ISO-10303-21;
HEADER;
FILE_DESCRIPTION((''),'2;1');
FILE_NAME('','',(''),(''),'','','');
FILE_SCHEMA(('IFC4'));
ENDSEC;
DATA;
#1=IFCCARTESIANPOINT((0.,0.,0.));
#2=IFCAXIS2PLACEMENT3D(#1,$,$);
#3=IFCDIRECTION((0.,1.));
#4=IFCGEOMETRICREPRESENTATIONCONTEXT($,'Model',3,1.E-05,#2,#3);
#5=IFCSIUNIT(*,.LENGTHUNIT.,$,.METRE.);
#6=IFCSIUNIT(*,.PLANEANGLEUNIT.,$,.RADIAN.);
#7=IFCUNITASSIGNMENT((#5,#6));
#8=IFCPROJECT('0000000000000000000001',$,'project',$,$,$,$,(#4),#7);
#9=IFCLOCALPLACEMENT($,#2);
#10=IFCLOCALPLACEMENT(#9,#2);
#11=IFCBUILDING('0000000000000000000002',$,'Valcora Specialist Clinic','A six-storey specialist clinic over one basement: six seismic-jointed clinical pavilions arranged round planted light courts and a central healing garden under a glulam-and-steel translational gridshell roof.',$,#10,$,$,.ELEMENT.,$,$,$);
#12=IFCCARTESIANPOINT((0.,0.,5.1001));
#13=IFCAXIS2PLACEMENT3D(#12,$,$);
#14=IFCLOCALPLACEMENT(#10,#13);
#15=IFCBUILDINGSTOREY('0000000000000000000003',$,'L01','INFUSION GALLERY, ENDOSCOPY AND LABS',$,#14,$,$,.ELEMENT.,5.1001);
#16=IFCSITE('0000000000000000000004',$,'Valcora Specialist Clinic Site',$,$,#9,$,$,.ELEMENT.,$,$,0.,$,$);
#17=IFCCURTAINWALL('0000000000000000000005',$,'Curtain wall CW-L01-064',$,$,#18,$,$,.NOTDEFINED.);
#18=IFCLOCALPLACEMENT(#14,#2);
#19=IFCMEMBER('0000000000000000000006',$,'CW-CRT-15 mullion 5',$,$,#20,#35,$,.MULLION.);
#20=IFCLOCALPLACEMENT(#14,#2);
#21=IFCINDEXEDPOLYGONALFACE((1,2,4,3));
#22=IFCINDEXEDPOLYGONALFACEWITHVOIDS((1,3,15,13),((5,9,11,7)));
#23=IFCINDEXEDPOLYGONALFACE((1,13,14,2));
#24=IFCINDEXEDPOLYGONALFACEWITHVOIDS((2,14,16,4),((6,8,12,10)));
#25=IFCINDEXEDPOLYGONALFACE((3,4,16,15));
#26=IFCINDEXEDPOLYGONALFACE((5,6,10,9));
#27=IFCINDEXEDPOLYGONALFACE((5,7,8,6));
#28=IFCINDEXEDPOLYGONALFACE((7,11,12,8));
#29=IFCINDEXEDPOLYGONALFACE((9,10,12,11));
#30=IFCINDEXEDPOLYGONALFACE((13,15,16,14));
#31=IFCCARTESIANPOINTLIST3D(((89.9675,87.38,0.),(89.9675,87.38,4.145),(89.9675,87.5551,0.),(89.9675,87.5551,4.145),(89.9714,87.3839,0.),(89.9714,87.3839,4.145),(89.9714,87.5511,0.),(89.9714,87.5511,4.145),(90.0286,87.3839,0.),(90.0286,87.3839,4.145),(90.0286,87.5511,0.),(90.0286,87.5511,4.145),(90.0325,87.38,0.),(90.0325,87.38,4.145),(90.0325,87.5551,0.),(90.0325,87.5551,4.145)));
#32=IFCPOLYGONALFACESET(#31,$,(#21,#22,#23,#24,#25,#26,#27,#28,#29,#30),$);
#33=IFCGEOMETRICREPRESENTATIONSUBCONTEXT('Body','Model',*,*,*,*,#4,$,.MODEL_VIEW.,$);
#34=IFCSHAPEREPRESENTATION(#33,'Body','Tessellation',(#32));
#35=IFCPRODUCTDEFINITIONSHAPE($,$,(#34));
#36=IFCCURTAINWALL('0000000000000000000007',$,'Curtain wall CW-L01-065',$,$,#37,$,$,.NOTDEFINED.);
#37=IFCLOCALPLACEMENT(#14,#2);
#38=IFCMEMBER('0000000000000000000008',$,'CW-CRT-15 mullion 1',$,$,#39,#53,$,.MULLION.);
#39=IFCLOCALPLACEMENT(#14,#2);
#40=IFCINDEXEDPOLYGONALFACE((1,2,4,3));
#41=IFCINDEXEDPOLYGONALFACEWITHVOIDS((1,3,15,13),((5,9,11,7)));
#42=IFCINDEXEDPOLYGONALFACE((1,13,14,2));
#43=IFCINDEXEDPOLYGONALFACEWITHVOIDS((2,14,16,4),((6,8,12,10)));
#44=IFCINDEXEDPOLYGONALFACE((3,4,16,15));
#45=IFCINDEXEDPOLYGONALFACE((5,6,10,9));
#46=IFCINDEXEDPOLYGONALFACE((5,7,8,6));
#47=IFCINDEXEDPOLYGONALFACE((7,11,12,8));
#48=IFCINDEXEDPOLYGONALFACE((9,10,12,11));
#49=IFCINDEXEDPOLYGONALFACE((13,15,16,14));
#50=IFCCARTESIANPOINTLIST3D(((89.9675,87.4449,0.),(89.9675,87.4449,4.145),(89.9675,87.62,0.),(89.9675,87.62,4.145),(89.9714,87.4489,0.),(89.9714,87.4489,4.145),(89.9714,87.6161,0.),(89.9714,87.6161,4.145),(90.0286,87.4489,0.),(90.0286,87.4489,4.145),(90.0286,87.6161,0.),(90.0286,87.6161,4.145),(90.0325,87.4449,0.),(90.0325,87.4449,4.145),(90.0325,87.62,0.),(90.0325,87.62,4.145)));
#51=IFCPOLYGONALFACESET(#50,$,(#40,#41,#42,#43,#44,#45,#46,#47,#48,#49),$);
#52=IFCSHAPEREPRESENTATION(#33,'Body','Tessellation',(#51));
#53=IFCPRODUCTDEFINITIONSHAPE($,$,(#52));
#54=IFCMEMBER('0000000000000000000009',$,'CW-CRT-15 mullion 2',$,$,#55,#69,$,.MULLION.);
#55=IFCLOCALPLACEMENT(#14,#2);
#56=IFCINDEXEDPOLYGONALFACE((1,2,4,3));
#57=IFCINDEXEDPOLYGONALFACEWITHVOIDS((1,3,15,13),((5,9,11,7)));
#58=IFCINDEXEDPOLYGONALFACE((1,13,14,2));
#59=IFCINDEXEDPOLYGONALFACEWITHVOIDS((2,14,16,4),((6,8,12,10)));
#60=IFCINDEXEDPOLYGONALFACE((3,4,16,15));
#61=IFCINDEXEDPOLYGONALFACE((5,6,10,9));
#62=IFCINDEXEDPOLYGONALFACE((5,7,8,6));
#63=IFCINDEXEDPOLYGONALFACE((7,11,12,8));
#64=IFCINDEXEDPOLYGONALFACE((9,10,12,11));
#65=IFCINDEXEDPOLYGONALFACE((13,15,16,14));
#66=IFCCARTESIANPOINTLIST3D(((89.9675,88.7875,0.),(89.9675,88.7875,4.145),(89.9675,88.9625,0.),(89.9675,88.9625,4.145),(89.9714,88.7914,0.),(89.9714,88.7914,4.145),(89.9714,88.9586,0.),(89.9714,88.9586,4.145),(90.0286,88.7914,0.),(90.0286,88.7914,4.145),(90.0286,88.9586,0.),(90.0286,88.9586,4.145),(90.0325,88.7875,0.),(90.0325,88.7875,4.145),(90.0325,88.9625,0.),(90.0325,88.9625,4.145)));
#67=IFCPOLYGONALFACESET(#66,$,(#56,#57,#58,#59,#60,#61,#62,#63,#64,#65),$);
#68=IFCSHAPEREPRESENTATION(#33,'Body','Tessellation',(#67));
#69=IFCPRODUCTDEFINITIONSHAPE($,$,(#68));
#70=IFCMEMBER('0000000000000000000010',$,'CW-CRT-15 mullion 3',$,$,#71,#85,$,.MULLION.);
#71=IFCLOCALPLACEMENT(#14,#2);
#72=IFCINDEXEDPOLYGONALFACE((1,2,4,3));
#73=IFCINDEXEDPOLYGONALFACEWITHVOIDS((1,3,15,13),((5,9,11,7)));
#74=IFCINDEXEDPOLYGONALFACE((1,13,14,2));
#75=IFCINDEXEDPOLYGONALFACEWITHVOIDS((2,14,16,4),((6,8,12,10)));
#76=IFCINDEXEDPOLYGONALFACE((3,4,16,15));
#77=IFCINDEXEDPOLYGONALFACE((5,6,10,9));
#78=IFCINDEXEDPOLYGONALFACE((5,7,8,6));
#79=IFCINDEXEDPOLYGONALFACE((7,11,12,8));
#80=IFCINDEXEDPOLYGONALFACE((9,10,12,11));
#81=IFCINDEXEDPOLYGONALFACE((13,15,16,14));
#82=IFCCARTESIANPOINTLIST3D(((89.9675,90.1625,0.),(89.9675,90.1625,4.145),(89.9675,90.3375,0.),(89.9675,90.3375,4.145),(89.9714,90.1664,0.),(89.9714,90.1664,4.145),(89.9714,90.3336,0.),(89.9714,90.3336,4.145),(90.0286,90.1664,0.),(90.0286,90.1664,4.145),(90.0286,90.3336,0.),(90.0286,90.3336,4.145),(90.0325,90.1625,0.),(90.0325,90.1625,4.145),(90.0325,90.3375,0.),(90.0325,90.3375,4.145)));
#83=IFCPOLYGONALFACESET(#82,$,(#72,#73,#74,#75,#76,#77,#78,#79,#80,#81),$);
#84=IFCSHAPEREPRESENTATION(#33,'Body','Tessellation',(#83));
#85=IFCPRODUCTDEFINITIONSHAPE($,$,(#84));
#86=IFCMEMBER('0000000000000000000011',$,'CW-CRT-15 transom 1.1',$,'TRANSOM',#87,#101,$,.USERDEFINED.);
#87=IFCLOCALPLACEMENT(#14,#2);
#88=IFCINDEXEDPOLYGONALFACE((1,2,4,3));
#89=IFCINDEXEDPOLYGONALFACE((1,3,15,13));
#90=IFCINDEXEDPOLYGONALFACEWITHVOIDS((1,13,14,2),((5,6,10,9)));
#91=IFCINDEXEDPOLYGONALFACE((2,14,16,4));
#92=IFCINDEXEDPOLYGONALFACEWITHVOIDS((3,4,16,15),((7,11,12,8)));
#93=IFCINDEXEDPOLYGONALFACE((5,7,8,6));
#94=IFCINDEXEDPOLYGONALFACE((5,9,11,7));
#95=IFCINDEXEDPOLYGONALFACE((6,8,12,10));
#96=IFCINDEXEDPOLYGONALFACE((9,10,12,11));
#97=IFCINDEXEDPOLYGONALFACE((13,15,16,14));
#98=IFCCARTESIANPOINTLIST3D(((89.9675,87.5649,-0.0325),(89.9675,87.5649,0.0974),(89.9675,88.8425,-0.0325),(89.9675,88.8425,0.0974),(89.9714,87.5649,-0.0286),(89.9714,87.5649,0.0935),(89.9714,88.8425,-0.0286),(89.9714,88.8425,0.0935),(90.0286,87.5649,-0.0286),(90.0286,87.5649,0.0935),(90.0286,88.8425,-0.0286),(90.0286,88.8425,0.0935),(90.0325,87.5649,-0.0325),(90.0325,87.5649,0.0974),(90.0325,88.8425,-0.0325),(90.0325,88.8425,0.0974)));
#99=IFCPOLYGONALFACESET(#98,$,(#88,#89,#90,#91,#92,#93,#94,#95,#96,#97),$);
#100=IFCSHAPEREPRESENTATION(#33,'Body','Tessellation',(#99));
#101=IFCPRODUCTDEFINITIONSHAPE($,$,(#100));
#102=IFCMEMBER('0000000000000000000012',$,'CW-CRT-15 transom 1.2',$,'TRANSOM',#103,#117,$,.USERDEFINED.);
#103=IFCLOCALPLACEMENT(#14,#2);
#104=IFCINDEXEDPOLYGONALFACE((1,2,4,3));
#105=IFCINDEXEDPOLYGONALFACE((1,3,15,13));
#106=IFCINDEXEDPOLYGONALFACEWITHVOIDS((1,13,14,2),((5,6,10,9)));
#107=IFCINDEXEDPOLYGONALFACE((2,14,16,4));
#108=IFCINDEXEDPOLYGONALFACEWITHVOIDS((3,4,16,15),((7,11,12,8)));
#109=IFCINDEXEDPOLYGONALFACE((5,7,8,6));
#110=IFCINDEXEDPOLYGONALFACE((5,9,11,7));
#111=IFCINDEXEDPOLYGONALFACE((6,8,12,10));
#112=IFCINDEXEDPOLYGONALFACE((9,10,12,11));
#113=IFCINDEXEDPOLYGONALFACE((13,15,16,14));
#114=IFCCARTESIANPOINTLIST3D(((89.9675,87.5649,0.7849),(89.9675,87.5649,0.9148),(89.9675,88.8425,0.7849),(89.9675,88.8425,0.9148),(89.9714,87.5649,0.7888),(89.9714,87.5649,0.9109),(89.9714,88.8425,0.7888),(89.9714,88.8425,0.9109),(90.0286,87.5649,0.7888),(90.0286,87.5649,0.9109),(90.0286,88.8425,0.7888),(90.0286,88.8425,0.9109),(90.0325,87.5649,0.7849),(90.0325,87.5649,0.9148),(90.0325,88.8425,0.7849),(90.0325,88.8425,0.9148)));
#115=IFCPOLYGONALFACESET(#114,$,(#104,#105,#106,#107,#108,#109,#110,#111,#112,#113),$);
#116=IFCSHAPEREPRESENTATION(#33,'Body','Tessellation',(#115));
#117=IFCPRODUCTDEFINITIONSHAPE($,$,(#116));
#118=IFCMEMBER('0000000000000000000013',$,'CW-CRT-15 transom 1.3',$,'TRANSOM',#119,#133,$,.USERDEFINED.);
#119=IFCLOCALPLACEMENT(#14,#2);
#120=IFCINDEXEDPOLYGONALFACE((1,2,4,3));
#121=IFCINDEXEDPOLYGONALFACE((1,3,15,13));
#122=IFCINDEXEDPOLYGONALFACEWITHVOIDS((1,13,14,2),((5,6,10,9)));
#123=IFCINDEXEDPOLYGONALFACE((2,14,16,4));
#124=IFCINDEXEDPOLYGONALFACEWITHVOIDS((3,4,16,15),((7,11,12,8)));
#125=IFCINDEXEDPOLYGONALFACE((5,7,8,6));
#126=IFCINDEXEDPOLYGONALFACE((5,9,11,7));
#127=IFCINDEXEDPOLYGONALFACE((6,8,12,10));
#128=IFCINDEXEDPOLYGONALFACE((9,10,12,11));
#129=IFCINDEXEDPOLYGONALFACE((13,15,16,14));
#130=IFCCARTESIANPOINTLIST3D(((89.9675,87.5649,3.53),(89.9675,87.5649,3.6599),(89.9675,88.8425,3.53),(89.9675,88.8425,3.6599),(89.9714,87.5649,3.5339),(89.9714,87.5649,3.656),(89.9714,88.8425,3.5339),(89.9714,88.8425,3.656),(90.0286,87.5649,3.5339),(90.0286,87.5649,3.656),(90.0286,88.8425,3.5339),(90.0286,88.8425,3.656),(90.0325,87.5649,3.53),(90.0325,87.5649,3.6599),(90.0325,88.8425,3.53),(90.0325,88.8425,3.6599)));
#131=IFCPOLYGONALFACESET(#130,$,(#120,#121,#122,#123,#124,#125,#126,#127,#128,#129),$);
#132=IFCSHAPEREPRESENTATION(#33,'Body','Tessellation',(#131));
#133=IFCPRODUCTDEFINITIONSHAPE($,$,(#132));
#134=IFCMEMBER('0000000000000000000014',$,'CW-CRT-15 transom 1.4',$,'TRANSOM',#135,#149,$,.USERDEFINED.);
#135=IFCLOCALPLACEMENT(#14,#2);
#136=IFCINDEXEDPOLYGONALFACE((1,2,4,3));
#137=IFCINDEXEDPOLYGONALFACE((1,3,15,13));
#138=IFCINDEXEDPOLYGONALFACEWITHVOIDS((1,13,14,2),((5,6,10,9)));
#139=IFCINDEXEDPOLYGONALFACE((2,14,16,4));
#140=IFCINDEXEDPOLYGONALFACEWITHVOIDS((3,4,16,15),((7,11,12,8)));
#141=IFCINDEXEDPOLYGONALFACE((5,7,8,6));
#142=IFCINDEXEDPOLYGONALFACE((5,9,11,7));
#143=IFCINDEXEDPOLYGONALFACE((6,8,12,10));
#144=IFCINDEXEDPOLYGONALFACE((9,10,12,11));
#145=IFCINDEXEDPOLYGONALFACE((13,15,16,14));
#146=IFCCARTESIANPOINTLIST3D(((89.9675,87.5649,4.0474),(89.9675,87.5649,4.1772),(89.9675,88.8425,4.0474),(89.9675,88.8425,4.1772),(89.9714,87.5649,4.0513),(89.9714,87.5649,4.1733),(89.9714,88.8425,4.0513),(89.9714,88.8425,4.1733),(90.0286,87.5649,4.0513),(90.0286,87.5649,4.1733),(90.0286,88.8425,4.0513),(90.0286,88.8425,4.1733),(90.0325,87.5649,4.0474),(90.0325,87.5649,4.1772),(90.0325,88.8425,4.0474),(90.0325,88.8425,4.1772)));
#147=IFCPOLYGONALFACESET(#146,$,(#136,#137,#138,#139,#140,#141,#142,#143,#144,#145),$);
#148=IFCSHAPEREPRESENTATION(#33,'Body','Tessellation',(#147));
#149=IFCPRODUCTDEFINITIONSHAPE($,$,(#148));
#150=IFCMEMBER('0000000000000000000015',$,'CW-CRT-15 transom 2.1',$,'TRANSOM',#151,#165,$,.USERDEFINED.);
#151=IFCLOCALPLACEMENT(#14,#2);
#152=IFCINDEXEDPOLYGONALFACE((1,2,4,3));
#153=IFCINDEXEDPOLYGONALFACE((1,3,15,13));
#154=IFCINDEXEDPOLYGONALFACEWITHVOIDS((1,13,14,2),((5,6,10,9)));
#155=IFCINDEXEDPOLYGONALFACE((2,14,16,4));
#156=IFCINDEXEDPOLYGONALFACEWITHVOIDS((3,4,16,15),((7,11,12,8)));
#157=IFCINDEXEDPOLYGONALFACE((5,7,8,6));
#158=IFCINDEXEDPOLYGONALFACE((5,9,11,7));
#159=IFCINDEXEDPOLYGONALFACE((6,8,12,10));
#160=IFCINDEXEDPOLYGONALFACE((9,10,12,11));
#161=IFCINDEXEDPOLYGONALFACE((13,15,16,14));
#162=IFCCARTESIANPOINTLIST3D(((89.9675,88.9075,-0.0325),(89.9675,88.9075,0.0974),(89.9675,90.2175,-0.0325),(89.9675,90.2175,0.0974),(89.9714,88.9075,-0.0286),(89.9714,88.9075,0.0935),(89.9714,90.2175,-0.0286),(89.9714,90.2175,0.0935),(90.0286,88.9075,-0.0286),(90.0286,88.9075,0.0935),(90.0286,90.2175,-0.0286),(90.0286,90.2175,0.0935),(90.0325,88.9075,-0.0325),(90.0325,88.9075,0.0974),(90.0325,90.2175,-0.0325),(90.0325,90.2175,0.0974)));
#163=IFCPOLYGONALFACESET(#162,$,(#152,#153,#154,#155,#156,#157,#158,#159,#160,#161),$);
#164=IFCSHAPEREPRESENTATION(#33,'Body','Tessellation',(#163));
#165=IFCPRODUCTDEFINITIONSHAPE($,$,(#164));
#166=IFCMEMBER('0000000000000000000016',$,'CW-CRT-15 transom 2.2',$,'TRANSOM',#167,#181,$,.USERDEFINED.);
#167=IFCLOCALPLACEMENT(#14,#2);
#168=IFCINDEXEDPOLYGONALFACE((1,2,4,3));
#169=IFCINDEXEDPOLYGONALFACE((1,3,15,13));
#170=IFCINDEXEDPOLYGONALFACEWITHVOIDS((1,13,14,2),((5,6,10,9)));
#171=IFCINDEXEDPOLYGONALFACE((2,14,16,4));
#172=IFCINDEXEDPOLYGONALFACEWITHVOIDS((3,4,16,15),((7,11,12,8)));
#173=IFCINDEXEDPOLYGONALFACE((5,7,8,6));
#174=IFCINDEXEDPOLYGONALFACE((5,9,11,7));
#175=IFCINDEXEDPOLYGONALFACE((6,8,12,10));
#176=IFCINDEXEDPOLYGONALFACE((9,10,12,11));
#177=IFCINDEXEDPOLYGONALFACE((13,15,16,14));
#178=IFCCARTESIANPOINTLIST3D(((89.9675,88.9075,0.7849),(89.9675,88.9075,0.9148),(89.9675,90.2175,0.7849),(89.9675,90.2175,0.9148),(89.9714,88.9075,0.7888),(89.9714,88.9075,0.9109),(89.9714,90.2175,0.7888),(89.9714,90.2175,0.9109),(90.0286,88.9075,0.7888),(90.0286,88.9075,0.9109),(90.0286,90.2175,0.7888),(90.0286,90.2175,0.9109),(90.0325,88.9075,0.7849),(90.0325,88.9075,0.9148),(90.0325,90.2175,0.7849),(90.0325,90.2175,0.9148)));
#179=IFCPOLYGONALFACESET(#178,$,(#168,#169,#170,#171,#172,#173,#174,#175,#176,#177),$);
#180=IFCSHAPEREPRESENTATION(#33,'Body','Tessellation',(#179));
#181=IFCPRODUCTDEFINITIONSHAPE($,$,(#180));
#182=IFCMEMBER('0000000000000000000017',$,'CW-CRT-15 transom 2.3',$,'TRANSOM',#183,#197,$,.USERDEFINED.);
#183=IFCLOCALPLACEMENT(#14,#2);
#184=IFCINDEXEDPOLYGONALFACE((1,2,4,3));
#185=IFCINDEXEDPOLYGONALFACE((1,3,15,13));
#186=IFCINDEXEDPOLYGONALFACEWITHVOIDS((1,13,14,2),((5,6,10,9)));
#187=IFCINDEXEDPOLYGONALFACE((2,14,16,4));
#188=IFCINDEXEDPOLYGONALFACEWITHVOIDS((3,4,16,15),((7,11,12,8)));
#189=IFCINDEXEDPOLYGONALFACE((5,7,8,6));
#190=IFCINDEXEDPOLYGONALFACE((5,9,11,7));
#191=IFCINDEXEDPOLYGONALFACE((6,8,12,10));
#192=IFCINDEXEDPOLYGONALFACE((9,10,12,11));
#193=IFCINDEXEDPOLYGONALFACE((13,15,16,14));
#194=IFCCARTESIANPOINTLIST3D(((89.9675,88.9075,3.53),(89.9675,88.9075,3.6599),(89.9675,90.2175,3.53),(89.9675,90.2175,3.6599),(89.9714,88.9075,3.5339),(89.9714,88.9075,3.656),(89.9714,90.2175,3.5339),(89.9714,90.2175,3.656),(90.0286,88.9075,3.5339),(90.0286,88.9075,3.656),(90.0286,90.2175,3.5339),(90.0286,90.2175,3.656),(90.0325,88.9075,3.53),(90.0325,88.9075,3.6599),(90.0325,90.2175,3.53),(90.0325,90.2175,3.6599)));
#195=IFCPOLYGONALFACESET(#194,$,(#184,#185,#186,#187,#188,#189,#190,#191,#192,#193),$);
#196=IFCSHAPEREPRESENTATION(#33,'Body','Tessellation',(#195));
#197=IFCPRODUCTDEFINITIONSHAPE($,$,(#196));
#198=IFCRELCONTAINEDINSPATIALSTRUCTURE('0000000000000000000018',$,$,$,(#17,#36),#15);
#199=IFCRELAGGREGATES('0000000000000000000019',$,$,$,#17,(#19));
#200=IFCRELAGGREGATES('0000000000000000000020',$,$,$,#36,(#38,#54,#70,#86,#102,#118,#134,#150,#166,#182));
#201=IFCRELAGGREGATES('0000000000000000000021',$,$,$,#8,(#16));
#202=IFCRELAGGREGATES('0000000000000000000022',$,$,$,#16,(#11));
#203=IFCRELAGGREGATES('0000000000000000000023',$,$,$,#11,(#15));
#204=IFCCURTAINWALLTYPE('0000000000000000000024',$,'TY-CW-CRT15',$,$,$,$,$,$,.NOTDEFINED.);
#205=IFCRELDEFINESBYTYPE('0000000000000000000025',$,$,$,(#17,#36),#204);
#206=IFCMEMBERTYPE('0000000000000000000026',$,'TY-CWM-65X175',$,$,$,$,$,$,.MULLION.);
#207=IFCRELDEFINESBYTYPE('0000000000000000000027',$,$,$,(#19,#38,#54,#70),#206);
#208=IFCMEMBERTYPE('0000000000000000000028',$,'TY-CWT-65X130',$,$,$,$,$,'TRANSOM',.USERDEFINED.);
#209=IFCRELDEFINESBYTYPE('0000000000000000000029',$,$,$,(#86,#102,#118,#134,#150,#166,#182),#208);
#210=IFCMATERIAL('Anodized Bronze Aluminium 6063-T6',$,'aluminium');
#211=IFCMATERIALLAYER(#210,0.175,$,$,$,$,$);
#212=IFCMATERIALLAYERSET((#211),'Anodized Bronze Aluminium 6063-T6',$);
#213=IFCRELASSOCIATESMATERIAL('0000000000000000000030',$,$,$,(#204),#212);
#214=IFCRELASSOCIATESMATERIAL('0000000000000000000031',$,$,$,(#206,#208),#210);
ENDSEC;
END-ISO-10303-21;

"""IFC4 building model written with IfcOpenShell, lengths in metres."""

from ifc_helpers import new_model, si_unit, direction, frame, origin, origin_2d, place, context, subcontext, project, spatial, hollow_rectangle, extrude, material, layer, layer_set, material_profile, profile_set, type_object, element, aggregate, save


model = new_model("IFC4")

# Units and contexts
model_context = context("Model", 3, precision=1e-05, world=origin(), true_north=direction((0.0, 1.0)))
body_context = subcontext(model_context, "Body", "Model", "MODEL_VIEW")
ifc_project = project(units=[si_unit("LENGTHUNIT", "METRE"), si_unit("PLANEANGLEUNIT", "RADIAN")], contexts=[model_context])

# Site, building, storey
site_placement = place(None, origin())
site = spatial("IfcSite", under=ifc_project, at=site_placement, Name="Valcora Specialist Clinic Site", CompositionType="ELEMENT", RefElevation=0.0)
building_placement = place(site_placement, origin())
building = spatial("IfcBuilding", under=site, at=building_placement, Name="Valcora Specialist Clinic", Description="A six-storey specialist clinic over one basement: six seismic-jointed clinical pavilions arranged round planted light courts and a central healing garden under a glulam-and-steel translational gridshell roof.", CompositionType="ELEMENT")
storey_placement = place(building_placement, frame((0.0, 0.0, 5.1001)))
storey = spatial("IfcBuildingStorey", under=building, at=storey_placement, Name="L01", Description="INFUSION GALLERY, ENDOSCOPY AND LABS", CompositionType="ELEMENT", Elevation=5.1001)

# Curtain wall, member
ifc_material_1 = material(Name="Anodized Bronze Aluminium 6063-T6", Category="aluminium")
ifc_layer_1 = layer(ifc_material_1, 0.175)
ifc_layer_set_1 = layer_set([ifc_layer_1], Name="Anodized Bronze Aluminium 6063-T6")
curtain_wall_type = type_object("IfcCurtainWallType", Name="TY-CW-CRT15", PredefinedType="NOTDEFINED", material=ifc_layer_set_1)
curtain_wall_1_placement = place(storey_placement, origin())
curtain_wall_1 = element("IfcCurtainWall", 1, at=curtain_wall_1_placement, inside=storey, type_object=curtain_wall_type, Name="Curtain wall CW-L01-064", PredefinedType="NOTDEFINED")
ifc_material_profile_1 = material_profile(ifc_material_1, hollow_rectangle(XDim=0.0649, YDim=0.175, WallThickness=0.0039, at=origin_2d()), Name="AL-MUL-65X175")
ifc_profile_set_1 = profile_set([ifc_material_profile_1], Name="Anodized Bronze Aluminium 6063-T6")
member_type_1 = type_object("IfcMemberType", Name="TY-CWM-65X175", PredefinedType="MULLION", material=ifc_profile_set_1)
member_1_placement = place(storey_placement, frame((90.0, 87.4675, 0.0), z_axis=(0.0, 0.0, 1.0), x_axis=(-1.0, 0.0, 0.0)))
member_1 = element("IfcMember", 2, at=member_1_placement, type_object=member_type_1, Name="CW-CRT-15 mullion 5", PredefinedType="MULLION", context=body_context, shape_type="SweptSolid", body=[
    extrude(hollow_rectangle(XDim=0.0649, YDim=0.175, WallThickness=0.0039, at=origin_2d()), origin(), (0.0, 0.0, 1.0), 4.145),
])

# Curtain wall, members
curtain_wall_2_placement = place(storey_placement, origin())
curtain_wall_2 = element("IfcCurtainWall", 3, at=curtain_wall_2_placement, inside=storey, type_object=curtain_wall_type, Name="Curtain wall CW-L01-065", PredefinedType="NOTDEFINED")
member_2_placement = place(storey_placement, frame((90.0, 87.5325, 0.0), z_axis=(0.0, 0.0, 1.0), x_axis=(-1.0, 0.0, 0.0)))
member_2 = element("IfcMember", 4, at=member_2_placement, type_object=member_type_1, Name="CW-CRT-15 mullion 1", PredefinedType="MULLION", context=body_context, shape_type="SweptSolid", body=[
    extrude(hollow_rectangle(XDim=0.0649, YDim=0.175, WallThickness=0.0039, at=origin_2d()), origin(), (0.0, 0.0, 1.0), 4.145),
])
member_3_placement = place(storey_placement, frame((90.0, 88.875, 0.0), z_axis=(0.0, 0.0, 1.0), x_axis=(-1.0, 0.0, 0.0)))
member_3 = element("IfcMember", 5, at=member_3_placement, type_object=member_type_1, Name="CW-CRT-15 mullion 2", PredefinedType="MULLION", context=body_context, shape_type="SweptSolid", body=[
    extrude(hollow_rectangle(XDim=0.0649, YDim=0.175, WallThickness=0.0039, at=origin_2d()), origin(), (0.0, 0.0, 1.0), 4.145),
])
member_4_placement = place(storey_placement, frame((90.0, 90.25, 0.0), z_axis=(0.0, 0.0, 1.0), x_axis=(-1.0, 0.0, 0.0)))
member_4 = element("IfcMember", 6, at=member_4_placement, type_object=member_type_1, Name="CW-CRT-15 mullion 3", PredefinedType="MULLION", context=body_context, shape_type="SweptSolid", body=[
    extrude(hollow_rectangle(XDim=0.0649, YDim=0.175, WallThickness=0.0039, at=origin_2d()), origin(), (0.0, 0.0, 1.0), 4.145),
])
ifc_material_profile_2 = material_profile(ifc_material_1, hollow_rectangle(XDim=0.0649, YDim=0.1299, WallThickness=0.0039, at=origin_2d()), Name="AL-TRN-65X130")
ifc_profile_set_2 = profile_set([ifc_material_profile_2], Name="Anodized Bronze Aluminium 6063-T6")
member_type_2 = type_object("IfcMemberType", Name="TY-CWT-65X130", ElementType="TRANSOM", PredefinedType="USERDEFINED", material=ifc_profile_set_2)
member_5_placement = place(storey_placement, frame((90.0, 87.5649, 0.0325), z_axis=(0.0, 1.0, 0.0), x_axis=(-1.0, 0.0, 0.0)))
member_5 = element("IfcMember", 7, at=member_5_placement, type_object=member_type_2, Name="CW-CRT-15 transom 1.1", ObjectType="TRANSOM", PredefinedType="USERDEFINED", context=body_context, shape_type="SweptSolid", body=[
    extrude(hollow_rectangle(XDim=0.0649, YDim=0.1299, WallThickness=0.0039, at=origin_2d()), origin(), (0.0, 0.0, 1.0), 1.2776),
])
member_6_placement = place(storey_placement, frame((90.0, 87.5649, 0.8499), z_axis=(0.0, 1.0, 0.0), x_axis=(-1.0, 0.0, 0.0)))
member_6 = element("IfcMember", 8, at=member_6_placement, type_object=member_type_2, Name="CW-CRT-15 transom 1.2", ObjectType="TRANSOM", PredefinedType="USERDEFINED", context=body_context, shape_type="SweptSolid", body=[
    extrude(hollow_rectangle(XDim=0.0649, YDim=0.1299, WallThickness=0.0039, at=origin_2d()), origin(), (0.0, 0.0, 1.0), 1.2776),
])
member_7_placement = place(storey_placement, frame((90.0, 87.5649, 3.595), z_axis=(0.0, 1.0, 0.0), x_axis=(-1.0, 0.0, 0.0)))
member_7 = element("IfcMember", 9, at=member_7_placement, type_object=member_type_2, Name="CW-CRT-15 transom 1.3", ObjectType="TRANSOM", PredefinedType="USERDEFINED", context=body_context, shape_type="SweptSolid", body=[
    extrude(hollow_rectangle(XDim=0.0649, YDim=0.1299, WallThickness=0.0039, at=origin_2d()), origin(), (0.0, 0.0, 1.0), 1.2776),
])
member_8_placement = place(storey_placement, frame((90.0, 87.5649, 4.1123), z_axis=(0.0, 1.0, 0.0), x_axis=(-1.0, 0.0, 0.0)))
member_8 = element("IfcMember", 10, at=member_8_placement, type_object=member_type_2, Name="CW-CRT-15 transom 1.4", ObjectType="TRANSOM", PredefinedType="USERDEFINED", context=body_context, shape_type="SweptSolid", body=[
    extrude(hollow_rectangle(XDim=0.0649, YDim=0.1299, WallThickness=0.0039, at=origin_2d()), origin(), (0.0, 0.0, 1.0), 1.2776),
])
member_9_placement = place(storey_placement, frame((90.0, 88.9075, 0.0325), z_axis=(0.0, 1.0, 0.0), x_axis=(-1.0, 0.0, 0.0)))
member_9 = element("IfcMember", 11, at=member_9_placement, type_object=member_type_2, Name="CW-CRT-15 transom 2.1", ObjectType="TRANSOM", PredefinedType="USERDEFINED", context=body_context, shape_type="SweptSolid", body=[
    extrude(hollow_rectangle(XDim=0.0649, YDim=0.1299, WallThickness=0.0039, at=origin_2d()), origin(), (0.0, 0.0, 1.0), 1.3101),
])
member_10_placement = place(storey_placement, frame((90.0, 88.9075, 0.8499), z_axis=(0.0, 1.0, 0.0), x_axis=(-1.0, 0.0, 0.0)))
member_10 = element("IfcMember", 12, at=member_10_placement, type_object=member_type_2, Name="CW-CRT-15 transom 2.2", ObjectType="TRANSOM", PredefinedType="USERDEFINED", context=body_context, shape_type="SweptSolid", body=[
    extrude(hollow_rectangle(XDim=0.0649, YDim=0.1299, WallThickness=0.0039, at=origin_2d()), origin(), (0.0, 0.0, 1.0), 1.3101),
])
member_11_placement = place(storey_placement, frame((90.0, 88.9075, 3.595), z_axis=(0.0, 1.0, 0.0), x_axis=(-1.0, 0.0, 0.0)))
member_11 = element("IfcMember", 13, at=member_11_placement, type_object=member_type_2, Name="CW-CRT-15 transom 2.3", ObjectType="TRANSOM", PredefinedType="USERDEFINED", context=body_context, shape_type="SweptSolid", body=[
    extrude(hollow_rectangle(XDim=0.0649, YDim=0.1299, WallThickness=0.0039, at=origin_2d()), origin(), (0.0, 0.0, 1.0), 1.3101),
])

aggregate(curtain_wall_1, [member_1])
aggregate(curtain_wall_2, [member_2, member_3, member_4, member_5, member_6, member_7, member_8, member_9, member_10, member_11])

save(model, "model.ifc")
